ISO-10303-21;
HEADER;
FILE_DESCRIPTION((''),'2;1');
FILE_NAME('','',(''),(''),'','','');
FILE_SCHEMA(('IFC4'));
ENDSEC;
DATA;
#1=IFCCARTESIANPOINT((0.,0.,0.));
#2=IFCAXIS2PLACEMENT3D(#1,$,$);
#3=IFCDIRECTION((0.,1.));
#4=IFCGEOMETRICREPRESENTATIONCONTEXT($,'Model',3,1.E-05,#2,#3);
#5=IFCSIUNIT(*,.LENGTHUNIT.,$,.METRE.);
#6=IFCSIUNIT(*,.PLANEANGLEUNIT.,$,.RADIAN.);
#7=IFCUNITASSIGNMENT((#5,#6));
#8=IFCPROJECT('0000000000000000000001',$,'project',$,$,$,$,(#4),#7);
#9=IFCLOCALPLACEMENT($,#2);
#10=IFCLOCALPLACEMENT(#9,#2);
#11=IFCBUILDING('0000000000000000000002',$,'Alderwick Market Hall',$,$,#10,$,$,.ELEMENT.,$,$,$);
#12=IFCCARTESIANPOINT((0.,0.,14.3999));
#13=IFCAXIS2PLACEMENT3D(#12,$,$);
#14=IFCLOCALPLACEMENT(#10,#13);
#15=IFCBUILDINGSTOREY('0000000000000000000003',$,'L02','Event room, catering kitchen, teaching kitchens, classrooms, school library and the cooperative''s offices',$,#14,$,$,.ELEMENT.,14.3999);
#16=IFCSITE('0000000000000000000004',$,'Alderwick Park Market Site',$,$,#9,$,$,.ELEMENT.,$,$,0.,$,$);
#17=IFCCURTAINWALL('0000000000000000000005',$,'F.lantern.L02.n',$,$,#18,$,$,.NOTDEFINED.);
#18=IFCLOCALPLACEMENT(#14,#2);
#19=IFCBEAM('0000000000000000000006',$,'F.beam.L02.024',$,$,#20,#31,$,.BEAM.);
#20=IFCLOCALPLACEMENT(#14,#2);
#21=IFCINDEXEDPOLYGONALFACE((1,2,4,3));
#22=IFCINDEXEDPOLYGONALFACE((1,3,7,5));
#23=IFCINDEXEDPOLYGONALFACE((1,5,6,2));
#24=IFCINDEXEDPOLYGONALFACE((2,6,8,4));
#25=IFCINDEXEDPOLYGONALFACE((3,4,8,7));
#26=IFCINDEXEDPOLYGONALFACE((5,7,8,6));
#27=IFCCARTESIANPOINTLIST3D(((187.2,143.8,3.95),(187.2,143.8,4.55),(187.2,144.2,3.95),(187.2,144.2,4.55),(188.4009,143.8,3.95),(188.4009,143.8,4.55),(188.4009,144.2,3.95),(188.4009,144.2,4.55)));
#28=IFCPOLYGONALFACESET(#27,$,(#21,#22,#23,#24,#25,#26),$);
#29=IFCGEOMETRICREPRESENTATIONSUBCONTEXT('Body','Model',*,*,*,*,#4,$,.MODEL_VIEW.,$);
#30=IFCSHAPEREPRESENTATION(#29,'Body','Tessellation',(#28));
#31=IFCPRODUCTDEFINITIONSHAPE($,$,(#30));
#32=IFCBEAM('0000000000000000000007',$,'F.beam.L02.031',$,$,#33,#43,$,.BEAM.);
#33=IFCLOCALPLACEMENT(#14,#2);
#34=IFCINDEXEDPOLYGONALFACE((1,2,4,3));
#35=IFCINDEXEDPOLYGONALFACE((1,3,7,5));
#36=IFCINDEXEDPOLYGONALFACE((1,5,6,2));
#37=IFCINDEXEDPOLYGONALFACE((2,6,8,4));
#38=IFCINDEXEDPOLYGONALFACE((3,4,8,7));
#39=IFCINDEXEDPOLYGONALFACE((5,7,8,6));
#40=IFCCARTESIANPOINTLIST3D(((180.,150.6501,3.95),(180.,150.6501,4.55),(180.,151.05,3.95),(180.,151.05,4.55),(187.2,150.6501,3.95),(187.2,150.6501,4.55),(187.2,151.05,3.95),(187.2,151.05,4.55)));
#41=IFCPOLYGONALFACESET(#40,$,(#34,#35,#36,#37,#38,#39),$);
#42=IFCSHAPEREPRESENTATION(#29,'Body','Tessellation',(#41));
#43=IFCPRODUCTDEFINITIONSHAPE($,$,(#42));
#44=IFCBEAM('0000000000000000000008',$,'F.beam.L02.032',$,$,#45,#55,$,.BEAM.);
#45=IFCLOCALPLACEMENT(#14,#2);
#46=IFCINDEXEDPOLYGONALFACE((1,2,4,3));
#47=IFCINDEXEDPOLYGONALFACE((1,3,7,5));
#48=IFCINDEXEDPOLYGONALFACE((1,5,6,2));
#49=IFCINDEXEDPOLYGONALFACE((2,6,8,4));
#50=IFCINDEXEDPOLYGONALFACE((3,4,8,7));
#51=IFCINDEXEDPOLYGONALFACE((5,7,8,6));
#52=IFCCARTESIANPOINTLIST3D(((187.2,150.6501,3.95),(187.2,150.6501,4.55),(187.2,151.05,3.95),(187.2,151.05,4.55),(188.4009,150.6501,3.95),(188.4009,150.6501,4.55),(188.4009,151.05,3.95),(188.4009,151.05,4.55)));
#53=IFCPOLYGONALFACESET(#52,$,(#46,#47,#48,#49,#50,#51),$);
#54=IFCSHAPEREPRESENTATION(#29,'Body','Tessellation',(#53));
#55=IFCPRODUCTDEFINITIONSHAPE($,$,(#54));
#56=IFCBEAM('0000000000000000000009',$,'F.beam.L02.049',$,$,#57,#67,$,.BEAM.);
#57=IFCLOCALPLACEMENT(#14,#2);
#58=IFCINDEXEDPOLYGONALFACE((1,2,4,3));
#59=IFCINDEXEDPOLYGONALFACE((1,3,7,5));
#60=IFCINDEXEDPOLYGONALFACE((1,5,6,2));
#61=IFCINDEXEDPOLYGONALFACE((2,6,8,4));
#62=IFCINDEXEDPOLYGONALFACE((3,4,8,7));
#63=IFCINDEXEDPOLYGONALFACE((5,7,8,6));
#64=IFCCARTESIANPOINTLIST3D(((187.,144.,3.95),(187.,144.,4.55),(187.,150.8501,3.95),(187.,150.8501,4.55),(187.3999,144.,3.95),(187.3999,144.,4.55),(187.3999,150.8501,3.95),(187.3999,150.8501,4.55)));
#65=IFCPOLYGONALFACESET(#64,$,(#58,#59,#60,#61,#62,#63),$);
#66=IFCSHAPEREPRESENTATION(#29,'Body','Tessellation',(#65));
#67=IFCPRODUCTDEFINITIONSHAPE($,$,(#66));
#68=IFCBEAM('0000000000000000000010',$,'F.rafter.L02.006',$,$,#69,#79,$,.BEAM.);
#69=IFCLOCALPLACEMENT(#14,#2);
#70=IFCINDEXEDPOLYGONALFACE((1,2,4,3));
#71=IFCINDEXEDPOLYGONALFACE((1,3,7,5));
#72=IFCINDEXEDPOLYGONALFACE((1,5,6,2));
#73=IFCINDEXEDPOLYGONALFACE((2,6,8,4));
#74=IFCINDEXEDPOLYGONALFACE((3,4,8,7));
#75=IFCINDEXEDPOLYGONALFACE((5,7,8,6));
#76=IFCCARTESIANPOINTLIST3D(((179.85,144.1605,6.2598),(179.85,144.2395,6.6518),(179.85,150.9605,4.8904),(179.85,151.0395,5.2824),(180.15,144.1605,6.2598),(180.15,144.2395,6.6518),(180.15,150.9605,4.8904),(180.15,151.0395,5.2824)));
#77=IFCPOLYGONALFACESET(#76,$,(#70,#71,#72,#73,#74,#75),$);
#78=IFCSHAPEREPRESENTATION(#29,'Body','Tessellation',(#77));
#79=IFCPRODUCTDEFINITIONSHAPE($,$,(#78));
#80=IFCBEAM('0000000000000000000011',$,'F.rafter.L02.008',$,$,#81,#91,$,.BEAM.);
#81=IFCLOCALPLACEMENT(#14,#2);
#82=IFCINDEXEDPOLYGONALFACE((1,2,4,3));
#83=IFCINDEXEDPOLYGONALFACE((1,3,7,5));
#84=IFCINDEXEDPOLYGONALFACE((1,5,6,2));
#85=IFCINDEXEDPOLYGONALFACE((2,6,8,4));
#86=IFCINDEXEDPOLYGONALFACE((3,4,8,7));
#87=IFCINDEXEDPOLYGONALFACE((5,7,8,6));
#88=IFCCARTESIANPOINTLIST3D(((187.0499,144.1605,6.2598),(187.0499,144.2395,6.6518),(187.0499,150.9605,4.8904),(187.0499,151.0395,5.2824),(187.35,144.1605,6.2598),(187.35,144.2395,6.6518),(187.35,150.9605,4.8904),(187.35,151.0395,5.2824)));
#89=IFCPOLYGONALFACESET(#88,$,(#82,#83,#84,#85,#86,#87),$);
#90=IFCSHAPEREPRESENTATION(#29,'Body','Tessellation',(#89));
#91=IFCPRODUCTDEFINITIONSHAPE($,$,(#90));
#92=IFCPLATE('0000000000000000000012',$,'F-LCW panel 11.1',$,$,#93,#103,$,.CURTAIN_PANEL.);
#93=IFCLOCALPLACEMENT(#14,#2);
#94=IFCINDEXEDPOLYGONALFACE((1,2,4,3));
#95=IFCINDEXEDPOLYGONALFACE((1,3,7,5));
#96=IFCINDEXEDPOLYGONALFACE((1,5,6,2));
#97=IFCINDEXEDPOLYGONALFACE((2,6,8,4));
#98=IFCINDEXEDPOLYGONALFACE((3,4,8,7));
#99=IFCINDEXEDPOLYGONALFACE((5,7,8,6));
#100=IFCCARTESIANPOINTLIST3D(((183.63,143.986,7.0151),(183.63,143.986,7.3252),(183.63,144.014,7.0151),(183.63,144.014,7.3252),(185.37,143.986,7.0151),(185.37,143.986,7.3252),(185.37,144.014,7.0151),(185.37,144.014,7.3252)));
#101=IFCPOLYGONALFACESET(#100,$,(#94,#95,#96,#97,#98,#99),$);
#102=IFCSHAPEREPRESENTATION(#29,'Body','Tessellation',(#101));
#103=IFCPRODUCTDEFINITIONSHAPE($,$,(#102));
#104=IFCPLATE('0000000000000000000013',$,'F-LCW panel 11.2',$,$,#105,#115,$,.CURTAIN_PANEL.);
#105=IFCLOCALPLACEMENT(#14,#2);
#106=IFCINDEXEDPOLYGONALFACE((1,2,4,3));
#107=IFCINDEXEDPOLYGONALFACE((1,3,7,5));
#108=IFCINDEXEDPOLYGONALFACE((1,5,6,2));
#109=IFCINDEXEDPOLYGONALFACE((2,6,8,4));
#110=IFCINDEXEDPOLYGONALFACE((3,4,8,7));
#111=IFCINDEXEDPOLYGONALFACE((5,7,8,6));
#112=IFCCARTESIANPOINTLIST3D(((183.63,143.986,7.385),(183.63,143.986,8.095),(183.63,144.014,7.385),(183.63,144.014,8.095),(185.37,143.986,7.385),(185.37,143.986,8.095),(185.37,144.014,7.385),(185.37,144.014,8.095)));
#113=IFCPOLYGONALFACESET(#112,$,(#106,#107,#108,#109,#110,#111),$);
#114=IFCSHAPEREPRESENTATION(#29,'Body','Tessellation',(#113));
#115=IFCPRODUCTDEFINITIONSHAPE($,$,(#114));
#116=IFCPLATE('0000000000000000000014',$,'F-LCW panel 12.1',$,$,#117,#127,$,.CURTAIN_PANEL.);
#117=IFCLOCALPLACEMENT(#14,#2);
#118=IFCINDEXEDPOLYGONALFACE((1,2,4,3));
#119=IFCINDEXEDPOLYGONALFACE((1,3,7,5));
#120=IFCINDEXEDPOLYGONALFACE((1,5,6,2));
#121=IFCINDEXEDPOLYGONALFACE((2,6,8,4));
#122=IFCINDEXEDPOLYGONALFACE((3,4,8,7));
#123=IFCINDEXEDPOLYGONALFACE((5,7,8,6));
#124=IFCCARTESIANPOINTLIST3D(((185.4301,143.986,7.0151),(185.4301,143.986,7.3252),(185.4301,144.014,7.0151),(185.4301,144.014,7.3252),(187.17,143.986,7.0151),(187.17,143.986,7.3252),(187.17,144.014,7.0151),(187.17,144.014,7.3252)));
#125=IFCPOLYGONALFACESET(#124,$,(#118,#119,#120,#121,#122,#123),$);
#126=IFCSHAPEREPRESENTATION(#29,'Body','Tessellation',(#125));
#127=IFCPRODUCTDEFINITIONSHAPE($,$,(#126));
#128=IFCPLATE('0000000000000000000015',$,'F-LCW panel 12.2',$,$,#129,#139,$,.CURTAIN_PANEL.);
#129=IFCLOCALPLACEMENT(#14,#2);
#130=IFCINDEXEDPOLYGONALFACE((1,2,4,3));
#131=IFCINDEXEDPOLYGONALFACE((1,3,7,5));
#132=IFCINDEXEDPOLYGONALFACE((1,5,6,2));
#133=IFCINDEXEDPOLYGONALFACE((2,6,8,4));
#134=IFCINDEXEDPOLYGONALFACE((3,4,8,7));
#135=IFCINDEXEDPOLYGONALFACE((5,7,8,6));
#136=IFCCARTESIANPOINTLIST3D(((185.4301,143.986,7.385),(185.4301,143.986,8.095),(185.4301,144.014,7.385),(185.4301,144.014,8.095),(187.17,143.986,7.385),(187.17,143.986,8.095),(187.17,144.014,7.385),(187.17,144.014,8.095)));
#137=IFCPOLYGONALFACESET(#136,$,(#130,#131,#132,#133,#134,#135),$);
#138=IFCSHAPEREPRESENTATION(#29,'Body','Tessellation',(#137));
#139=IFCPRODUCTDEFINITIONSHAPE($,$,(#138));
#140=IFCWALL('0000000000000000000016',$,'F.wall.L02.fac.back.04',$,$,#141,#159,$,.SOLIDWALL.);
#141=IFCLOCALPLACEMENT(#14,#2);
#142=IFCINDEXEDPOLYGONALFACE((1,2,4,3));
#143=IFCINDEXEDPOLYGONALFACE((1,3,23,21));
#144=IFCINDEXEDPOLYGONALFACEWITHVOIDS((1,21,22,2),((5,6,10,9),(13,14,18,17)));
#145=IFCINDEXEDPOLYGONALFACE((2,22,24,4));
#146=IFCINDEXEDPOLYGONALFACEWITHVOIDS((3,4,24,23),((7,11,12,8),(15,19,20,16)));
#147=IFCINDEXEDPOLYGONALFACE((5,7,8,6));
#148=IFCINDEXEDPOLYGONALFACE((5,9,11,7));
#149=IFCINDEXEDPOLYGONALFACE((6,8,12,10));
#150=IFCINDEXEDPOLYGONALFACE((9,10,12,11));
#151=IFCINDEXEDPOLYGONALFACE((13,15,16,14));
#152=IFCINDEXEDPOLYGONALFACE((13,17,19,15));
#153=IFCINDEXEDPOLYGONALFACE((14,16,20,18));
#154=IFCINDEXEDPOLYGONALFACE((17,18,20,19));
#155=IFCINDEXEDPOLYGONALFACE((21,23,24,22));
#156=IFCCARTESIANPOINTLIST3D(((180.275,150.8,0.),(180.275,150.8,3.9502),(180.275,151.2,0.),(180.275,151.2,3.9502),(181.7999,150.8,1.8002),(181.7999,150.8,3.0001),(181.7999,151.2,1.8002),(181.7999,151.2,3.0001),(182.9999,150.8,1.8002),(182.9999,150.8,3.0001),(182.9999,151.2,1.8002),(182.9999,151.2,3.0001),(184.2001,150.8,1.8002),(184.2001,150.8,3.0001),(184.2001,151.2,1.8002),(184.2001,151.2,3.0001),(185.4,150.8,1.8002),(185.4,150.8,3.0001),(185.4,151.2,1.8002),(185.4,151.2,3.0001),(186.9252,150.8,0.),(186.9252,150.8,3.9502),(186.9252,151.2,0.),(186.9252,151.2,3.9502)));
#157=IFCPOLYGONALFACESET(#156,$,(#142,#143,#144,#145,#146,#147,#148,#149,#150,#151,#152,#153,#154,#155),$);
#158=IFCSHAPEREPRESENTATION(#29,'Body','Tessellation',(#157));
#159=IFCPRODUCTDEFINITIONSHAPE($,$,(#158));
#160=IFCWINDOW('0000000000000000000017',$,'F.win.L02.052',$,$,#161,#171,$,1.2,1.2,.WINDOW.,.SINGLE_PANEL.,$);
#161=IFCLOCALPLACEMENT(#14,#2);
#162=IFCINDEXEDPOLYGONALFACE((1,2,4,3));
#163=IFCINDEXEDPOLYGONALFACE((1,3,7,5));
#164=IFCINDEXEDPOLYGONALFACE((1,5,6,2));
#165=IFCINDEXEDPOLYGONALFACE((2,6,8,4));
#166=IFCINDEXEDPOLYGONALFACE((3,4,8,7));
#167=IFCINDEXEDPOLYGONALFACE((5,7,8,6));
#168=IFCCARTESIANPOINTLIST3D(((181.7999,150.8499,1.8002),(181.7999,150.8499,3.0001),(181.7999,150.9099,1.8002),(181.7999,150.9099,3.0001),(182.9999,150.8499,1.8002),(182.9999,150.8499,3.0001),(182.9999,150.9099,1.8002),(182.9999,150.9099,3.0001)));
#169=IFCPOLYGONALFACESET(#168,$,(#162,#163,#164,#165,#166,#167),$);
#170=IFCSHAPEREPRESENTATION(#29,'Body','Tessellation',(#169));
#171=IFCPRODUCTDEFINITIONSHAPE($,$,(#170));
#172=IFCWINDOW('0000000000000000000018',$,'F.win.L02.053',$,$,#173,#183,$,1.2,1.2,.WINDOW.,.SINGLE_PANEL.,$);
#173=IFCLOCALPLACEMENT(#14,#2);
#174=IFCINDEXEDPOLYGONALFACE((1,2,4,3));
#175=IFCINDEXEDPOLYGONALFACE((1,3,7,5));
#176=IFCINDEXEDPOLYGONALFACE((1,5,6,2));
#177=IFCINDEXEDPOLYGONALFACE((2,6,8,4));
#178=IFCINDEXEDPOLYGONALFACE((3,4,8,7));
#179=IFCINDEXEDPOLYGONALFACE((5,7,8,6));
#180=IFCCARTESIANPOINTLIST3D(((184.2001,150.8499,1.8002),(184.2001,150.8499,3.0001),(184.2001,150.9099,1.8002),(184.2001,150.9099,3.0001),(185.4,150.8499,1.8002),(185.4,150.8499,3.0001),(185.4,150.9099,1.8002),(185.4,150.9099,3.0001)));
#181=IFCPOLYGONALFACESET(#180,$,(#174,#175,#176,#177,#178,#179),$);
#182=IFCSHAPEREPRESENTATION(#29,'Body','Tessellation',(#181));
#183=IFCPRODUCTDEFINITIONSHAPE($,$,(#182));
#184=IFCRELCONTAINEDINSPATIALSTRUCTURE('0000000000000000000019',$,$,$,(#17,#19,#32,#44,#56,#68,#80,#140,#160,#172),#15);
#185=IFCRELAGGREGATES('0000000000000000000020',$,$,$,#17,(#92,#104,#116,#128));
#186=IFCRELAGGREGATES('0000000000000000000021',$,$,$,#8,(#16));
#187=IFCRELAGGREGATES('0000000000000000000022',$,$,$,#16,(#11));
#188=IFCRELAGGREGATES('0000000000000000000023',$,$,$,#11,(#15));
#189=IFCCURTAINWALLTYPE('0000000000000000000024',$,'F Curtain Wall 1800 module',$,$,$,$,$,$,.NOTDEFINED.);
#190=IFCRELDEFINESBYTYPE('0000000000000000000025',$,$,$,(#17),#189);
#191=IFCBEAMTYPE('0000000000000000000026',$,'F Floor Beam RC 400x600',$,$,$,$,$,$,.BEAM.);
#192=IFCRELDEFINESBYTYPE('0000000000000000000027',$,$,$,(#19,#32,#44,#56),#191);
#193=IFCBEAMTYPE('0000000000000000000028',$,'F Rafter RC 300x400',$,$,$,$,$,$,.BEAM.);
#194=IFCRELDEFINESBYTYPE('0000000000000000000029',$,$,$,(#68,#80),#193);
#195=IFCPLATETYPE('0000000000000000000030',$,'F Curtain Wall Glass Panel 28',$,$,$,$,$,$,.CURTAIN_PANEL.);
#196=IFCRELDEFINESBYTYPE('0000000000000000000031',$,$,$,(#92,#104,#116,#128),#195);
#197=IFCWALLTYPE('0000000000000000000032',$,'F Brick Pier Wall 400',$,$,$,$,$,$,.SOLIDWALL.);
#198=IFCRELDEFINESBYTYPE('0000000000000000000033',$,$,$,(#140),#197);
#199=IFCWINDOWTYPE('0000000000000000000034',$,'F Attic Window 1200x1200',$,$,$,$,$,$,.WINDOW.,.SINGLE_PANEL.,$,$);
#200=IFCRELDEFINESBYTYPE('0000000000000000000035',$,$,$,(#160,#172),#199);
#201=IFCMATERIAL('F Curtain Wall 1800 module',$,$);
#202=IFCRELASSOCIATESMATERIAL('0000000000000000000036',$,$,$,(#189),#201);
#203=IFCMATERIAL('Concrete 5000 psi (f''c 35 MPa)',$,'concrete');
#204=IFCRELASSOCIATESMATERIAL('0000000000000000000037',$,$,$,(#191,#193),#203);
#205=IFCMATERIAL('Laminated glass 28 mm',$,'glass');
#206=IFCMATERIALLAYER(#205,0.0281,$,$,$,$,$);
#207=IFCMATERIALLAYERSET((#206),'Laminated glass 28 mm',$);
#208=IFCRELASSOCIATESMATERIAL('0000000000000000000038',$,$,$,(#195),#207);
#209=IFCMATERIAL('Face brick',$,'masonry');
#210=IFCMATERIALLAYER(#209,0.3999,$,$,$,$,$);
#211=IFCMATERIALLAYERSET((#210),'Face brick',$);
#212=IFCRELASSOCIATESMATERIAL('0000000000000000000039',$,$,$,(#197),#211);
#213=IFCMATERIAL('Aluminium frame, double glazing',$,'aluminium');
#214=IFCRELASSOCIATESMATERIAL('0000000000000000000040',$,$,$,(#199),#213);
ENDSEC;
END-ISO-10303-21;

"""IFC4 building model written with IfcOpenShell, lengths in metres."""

from ifc_helpers import new_model, si_unit, direction, frame, frame_2d, origin, origin_2d, place, context, subcontext, project, spatial, rectangle, extrude, material, layer, layer_set, material_profile, profile_set, type_object, element, fill, aggregate, save


model = new_model("IFC4")

# Units and contexts
model_context = context("Model", 3, precision=1e-05, world=origin(), true_north=direction((0.0, 1.0)))
body_context = subcontext(model_context, "Body", "Model", "MODEL_VIEW")
ifc_project = project(units=[si_unit("LENGTHUNIT", "METRE"), si_unit("PLANEANGLEUNIT", "RADIAN")], contexts=[model_context])

# Site, building, storey
site_placement = place(None, origin())
site = spatial("IfcSite", under=ifc_project, at=site_placement, Name="Alderwick Park Market Site", CompositionType="ELEMENT", RefElevation=0.0)
building_placement = place(site_placement, origin())
building = spatial("IfcBuilding", under=site, at=building_placement, Name="Alderwick Market Hall", CompositionType="ELEMENT")
storey_placement = place(building_placement, frame((0.0, 0.0, 14.3999)))
storey = spatial("IfcBuildingStorey", under=building, at=storey_placement, Name="L02", Description="Event room, catering kitchen, teaching kitchens, classrooms, school library and the cooperative's offices", CompositionType="ELEMENT", Elevation=14.3999)

# Shared definitions
ifc_material_1 = material(Name="Concrete 5000 psi (f'c 35 MPa)", Category="concrete")

# Curtain wall
ifc_material_2 = material(Name="F Curtain Wall 1800 module")
curtain_wall_type = type_object("IfcCurtainWallType", Name="F Curtain Wall 1800 module", PredefinedType="NOTDEFINED", material=ifc_material_2)
curtain_wall_placement = place(storey_placement, origin())
curtain_wall = element("IfcCurtainWall", 1, at=curtain_wall_placement, inside=storey, type_object=curtain_wall_type, Name="F.lantern.L02.n", PredefinedType="NOTDEFINED")

# Beams
ifc_material_profile_1 = material_profile(ifc_material_1, rectangle(XDim=0.3999, YDim=0.6001, at=origin_2d()), Name="RC 400x600")
ifc_profile_set_1 = profile_set([ifc_material_profile_1], Name="Concrete 5000 psi (f'c 35 MPa)")
beam_type_1 = type_object("IfcBeamType", Name="F Floor Beam RC 400x600", PredefinedType="BEAM", material=ifc_profile_set_1)
beam_1_placement = place(storey_placement, frame((187.2, 144.0, 4.25), z_axis=(1.0, 0.0, 0.0), x_axis=(0.0, 1.0, 0.0)))
element("IfcBeam", 2, at=beam_1_placement, inside=storey, type_object=beam_type_1, Name="F.beam.L02.024", PredefinedType="BEAM", context=body_context, shape_type="SweptSolid", body=[
    extrude(rectangle(XDim=0.3999, YDim=0.6001, at=origin_2d()), origin(), (0.0, 0.0, 1.0), 1.2009),
])
beam_2_placement = place(storey_placement, frame((180.0, 150.8501, 4.25), z_axis=(1.0, 0.0, 0.0), x_axis=(0.0, 1.0, 0.0)))
element("IfcBeam", 3, at=beam_2_placement, inside=storey, type_object=beam_type_1, Name="F.beam.L02.031", PredefinedType="BEAM", context=body_context, shape_type="SweptSolid", body=[
    extrude(rectangle(XDim=0.3999, YDim=0.6001, at=origin_2d()), origin(), (0.0, 0.0, 1.0), 7.2),
])
beam_3_placement = place(storey_placement, frame((187.2, 150.8501, 4.25), z_axis=(1.0, 0.0, 0.0), x_axis=(0.0, 1.0, 0.0)))
element("IfcBeam", 4, at=beam_3_placement, inside=storey, type_object=beam_type_1, Name="F.beam.L02.032", PredefinedType="BEAM", context=body_context, shape_type="SweptSolid", body=[
    extrude(rectangle(XDim=0.3999, YDim=0.6001, at=origin_2d()), origin(), (0.0, 0.0, 1.0), 1.2009),
])
beam_4_placement = place(storey_placement, frame((187.2, 144.0, 4.25), z_axis=(0.0, 1.0, 0.0), x_axis=(-1.0, 0.0, 0.0)))
element("IfcBeam", 5, at=beam_4_placement, inside=storey, type_object=beam_type_1, Name="F.beam.L02.049", PredefinedType="BEAM", context=body_context, shape_type="SweptSolid", body=[
    extrude(rectangle(XDim=0.3999, YDim=0.6001, at=origin_2d()), origin(), (0.0, 0.0, 1.0), 6.8501),
])
ifc_material_profile_2 = material_profile(ifc_material_1, rectangle(XDim=0.3, YDim=0.3999, at=origin_2d()), Name="RC 300x400")
ifc_profile_set_2 = profile_set([ifc_material_profile_2], Name="Concrete 5000 psi (f'c 35 MPa)")
beam_type_2 = type_object("IfcBeamType", Name="F Rafter RC 300x400", PredefinedType="BEAM", material=ifc_profile_set_2)
for number, where, z_axis, x_axis, name in (
    (6, (180.0, 151.0, 5.0864), (0.0, -0.98032, 0.197416), (1.0, 0.0, 0.0), "F.rafter.L02.006"),
    (7, (187.2, 151.0, 5.0864), (0.0, -0.98032, 0.197416), (1.0, 0.0, 0.0), "F.rafter.L02.008"),
):
    element("IfcBeam", number, at=place(storey_placement, frame(where, z_axis=z_axis, x_axis=x_axis)), inside=storey, type_object=beam_type_2, Name=name, PredefinedType="BEAM", context=body_context, shape_type="SweptSolid", body=[
        extrude(rectangle(XDim=0.3, YDim=0.3999, at=origin_2d()), origin(), (0.0, 0.0, 1.0), 6.9365),
    ])

# Plates
ifc_material_3 = material(Name="Laminated glass 28 mm", Category="glass")
ifc_layer_1 = layer(ifc_material_3, 0.0281)
ifc_layer_set_1 = layer_set([ifc_layer_1], Name="Laminated glass 28 mm")
plate_type = type_object("IfcPlateType", Name="F Curtain Wall Glass Panel 28", PredefinedType="CURTAIN_PANEL", material=ifc_layer_set_1)
plate_1_placement = place(storey_placement, frame((184.5, 144.0, 7.0151), z_axis=(0.0, 0.0, 1.0), x_axis=(1.0, 0.0, 0.0)))
plate_1 = element("IfcPlate", 8, at=plate_1_placement, type_object=plate_type, Name="F-LCW panel 11.1", PredefinedType="CURTAIN_PANEL", context=body_context, shape_type="SweptSolid", body=[
    extrude(rectangle(XDim=1.74, YDim=0.0281, at=origin_2d()), origin(), (0.0, 0.0, 1.0), 0.3101),
])
plate_2_placement = place(storey_placement, frame((184.5, 144.0, 7.385), z_axis=(0.0, 0.0, 1.0), x_axis=(1.0, 0.0, 0.0)))
plate_2 = element("IfcPlate", 9, at=plate_2_placement, type_object=plate_type, Name="F-LCW panel 11.2", PredefinedType="CURTAIN_PANEL", context=body_context, shape_type="SweptSolid", body=[
    extrude(rectangle(XDim=1.74, YDim=0.0281, at=origin_2d()), origin(), (0.0, 0.0, 1.0), 0.71),
])
plate_3_placement = place(storey_placement, frame((186.3, 144.0, 7.0151), z_axis=(0.0, 0.0, 1.0), x_axis=(1.0, 0.0, 0.0)))
plate_3 = element("IfcPlate", 10, at=plate_3_placement, type_object=plate_type, Name="F-LCW panel 12.1", PredefinedType="CURTAIN_PANEL", context=body_context, shape_type="SweptSolid", body=[
    extrude(rectangle(XDim=1.74, YDim=0.0281, at=origin_2d()), origin(), (0.0, 0.0, 1.0), 0.3101),
])
plate_4_placement = place(storey_placement, frame((186.3, 144.0, 7.385), z_axis=(0.0, 0.0, 1.0), x_axis=(1.0, 0.0, 0.0)))
plate_4 = element("IfcPlate", 11, at=plate_4_placement, type_object=plate_type, Name="F-LCW panel 12.2", PredefinedType="CURTAIN_PANEL", context=body_context, shape_type="SweptSolid", body=[
    extrude(rectangle(XDim=1.74, YDim=0.0281, at=origin_2d()), origin(), (0.0, 0.0, 1.0), 0.71),
])
aggregate(curtain_wall, [plate_1, plate_2, plate_3, plate_4])

# Wall, openings, windows
ifc_material_4 = material(Name="Face brick", Category="masonry")
ifc_layer_2 = layer(ifc_material_4, 0.3999)
ifc_layer_set_2 = layer_set([ifc_layer_2], Name="Face brick")
wall_type = type_object("IfcWallType", Name="F Brick Pier Wall 400", PredefinedType="SOLIDWALL", material=ifc_layer_set_2)
wall_placement = place(storey_placement, frame((180.2749, 151.0, 0.0), z_axis=(0.0, 0.0, 1.0), x_axis=(1.0, 0.0, 0.0)))
wall = element("IfcWall", 12, at=wall_placement, inside=storey, type_object=wall_type, Name="F.wall.L02.fac.back.04", PredefinedType="SOLIDWALL", context=body_context, shape_type="SweptSolid", body=[
    extrude(rectangle(XDim=6.6501, YDim=0.3999, at=frame_2d((3.3252, 0.0))), origin(), (0.0, 0.0, 1.0), 3.9502),
])
opening_1_placement = place(wall_placement, frame((1.5249, 0.0, 1.8)))
opening_1 = element("IfcOpeningElement", 13, at=opening_1_placement, cuts=wall, PredefinedType="OPENING", context=body_context, shape_type="SweptSolid", body=[
    extrude(rectangle(XDim=1.2, YDim=1.2, at=frame_2d((0.6001, 0.6001))), frame((0.0, 0.21, 0.0), z_axis=(0.0, -1.0, 0.0), x_axis=(1.0, 0.0, 0.0)), (0.0, 0.0, 1.0), 0.4199),
])
opening_2_placement = place(wall_placement, frame((3.925, 0.0, 1.8)))
opening_2 = element("IfcOpeningElement", 14, at=opening_2_placement, cuts=wall, PredefinedType="OPENING", context=body_context, shape_type="SweptSolid", body=[
    extrude(rectangle(XDim=1.2, YDim=1.2, at=frame_2d((0.6001, 0.6001))), frame((0.0, 0.21, 0.0), z_axis=(0.0, -1.0, 0.0), x_axis=(1.0, 0.0, 0.0)), (0.0, 0.0, 1.0), 0.4199),
])
ifc_material_5 = material(Name="Aluminium frame, double glazing", Category="aluminium")
window_type = type_object("IfcWindowType", Name="F Attic Window 1200x1200", PartitioningType="SINGLE_PANEL", PredefinedType="WINDOW", material=ifc_material_5)
window_1_placement = place(opening_1_placement, origin())
window_1 = element("IfcWindow", 15, at=window_1_placement, inside=storey, type_object=window_type, Name="F.win.L02.052", OverallHeight=1.2, OverallWidth=1.2, PartitioningType="SINGLE_PANEL", PredefinedType="WINDOW", context=body_context, shape_type="SweptSolid", body=[
    extrude(rectangle(XDim=1.2, YDim=1.2, at=frame_2d((0.6001, 0.6001))), frame((0.0, -0.0901, 0.0), z_axis=(0.0, -1.0, 0.0), x_axis=(1.0, 0.0, 0.0)), (0.0, 0.0, 1.0), 0.0601),
])
fill(opening_1, window_1)
window_2_placement = place(opening_2_placement, origin())
window_2 = element("IfcWindow", 16, at=window_2_placement, inside=storey, type_object=window_type, Name="F.win.L02.053", OverallHeight=1.2, OverallWidth=1.2, PartitioningType="SINGLE_PANEL", PredefinedType="WINDOW", context=body_context, shape_type="SweptSolid", body=[
    extrude(rectangle(XDim=1.2, YDim=1.2, at=frame_2d((0.6001, 0.6001))), frame((0.0, -0.0901, 0.0), z_axis=(0.0, -1.0, 0.0), x_axis=(1.0, 0.0, 0.0)), (0.0, 0.0, 1.0), 0.0601),
])
fill(opening_2, window_2)

save(model, "model.ifc")
